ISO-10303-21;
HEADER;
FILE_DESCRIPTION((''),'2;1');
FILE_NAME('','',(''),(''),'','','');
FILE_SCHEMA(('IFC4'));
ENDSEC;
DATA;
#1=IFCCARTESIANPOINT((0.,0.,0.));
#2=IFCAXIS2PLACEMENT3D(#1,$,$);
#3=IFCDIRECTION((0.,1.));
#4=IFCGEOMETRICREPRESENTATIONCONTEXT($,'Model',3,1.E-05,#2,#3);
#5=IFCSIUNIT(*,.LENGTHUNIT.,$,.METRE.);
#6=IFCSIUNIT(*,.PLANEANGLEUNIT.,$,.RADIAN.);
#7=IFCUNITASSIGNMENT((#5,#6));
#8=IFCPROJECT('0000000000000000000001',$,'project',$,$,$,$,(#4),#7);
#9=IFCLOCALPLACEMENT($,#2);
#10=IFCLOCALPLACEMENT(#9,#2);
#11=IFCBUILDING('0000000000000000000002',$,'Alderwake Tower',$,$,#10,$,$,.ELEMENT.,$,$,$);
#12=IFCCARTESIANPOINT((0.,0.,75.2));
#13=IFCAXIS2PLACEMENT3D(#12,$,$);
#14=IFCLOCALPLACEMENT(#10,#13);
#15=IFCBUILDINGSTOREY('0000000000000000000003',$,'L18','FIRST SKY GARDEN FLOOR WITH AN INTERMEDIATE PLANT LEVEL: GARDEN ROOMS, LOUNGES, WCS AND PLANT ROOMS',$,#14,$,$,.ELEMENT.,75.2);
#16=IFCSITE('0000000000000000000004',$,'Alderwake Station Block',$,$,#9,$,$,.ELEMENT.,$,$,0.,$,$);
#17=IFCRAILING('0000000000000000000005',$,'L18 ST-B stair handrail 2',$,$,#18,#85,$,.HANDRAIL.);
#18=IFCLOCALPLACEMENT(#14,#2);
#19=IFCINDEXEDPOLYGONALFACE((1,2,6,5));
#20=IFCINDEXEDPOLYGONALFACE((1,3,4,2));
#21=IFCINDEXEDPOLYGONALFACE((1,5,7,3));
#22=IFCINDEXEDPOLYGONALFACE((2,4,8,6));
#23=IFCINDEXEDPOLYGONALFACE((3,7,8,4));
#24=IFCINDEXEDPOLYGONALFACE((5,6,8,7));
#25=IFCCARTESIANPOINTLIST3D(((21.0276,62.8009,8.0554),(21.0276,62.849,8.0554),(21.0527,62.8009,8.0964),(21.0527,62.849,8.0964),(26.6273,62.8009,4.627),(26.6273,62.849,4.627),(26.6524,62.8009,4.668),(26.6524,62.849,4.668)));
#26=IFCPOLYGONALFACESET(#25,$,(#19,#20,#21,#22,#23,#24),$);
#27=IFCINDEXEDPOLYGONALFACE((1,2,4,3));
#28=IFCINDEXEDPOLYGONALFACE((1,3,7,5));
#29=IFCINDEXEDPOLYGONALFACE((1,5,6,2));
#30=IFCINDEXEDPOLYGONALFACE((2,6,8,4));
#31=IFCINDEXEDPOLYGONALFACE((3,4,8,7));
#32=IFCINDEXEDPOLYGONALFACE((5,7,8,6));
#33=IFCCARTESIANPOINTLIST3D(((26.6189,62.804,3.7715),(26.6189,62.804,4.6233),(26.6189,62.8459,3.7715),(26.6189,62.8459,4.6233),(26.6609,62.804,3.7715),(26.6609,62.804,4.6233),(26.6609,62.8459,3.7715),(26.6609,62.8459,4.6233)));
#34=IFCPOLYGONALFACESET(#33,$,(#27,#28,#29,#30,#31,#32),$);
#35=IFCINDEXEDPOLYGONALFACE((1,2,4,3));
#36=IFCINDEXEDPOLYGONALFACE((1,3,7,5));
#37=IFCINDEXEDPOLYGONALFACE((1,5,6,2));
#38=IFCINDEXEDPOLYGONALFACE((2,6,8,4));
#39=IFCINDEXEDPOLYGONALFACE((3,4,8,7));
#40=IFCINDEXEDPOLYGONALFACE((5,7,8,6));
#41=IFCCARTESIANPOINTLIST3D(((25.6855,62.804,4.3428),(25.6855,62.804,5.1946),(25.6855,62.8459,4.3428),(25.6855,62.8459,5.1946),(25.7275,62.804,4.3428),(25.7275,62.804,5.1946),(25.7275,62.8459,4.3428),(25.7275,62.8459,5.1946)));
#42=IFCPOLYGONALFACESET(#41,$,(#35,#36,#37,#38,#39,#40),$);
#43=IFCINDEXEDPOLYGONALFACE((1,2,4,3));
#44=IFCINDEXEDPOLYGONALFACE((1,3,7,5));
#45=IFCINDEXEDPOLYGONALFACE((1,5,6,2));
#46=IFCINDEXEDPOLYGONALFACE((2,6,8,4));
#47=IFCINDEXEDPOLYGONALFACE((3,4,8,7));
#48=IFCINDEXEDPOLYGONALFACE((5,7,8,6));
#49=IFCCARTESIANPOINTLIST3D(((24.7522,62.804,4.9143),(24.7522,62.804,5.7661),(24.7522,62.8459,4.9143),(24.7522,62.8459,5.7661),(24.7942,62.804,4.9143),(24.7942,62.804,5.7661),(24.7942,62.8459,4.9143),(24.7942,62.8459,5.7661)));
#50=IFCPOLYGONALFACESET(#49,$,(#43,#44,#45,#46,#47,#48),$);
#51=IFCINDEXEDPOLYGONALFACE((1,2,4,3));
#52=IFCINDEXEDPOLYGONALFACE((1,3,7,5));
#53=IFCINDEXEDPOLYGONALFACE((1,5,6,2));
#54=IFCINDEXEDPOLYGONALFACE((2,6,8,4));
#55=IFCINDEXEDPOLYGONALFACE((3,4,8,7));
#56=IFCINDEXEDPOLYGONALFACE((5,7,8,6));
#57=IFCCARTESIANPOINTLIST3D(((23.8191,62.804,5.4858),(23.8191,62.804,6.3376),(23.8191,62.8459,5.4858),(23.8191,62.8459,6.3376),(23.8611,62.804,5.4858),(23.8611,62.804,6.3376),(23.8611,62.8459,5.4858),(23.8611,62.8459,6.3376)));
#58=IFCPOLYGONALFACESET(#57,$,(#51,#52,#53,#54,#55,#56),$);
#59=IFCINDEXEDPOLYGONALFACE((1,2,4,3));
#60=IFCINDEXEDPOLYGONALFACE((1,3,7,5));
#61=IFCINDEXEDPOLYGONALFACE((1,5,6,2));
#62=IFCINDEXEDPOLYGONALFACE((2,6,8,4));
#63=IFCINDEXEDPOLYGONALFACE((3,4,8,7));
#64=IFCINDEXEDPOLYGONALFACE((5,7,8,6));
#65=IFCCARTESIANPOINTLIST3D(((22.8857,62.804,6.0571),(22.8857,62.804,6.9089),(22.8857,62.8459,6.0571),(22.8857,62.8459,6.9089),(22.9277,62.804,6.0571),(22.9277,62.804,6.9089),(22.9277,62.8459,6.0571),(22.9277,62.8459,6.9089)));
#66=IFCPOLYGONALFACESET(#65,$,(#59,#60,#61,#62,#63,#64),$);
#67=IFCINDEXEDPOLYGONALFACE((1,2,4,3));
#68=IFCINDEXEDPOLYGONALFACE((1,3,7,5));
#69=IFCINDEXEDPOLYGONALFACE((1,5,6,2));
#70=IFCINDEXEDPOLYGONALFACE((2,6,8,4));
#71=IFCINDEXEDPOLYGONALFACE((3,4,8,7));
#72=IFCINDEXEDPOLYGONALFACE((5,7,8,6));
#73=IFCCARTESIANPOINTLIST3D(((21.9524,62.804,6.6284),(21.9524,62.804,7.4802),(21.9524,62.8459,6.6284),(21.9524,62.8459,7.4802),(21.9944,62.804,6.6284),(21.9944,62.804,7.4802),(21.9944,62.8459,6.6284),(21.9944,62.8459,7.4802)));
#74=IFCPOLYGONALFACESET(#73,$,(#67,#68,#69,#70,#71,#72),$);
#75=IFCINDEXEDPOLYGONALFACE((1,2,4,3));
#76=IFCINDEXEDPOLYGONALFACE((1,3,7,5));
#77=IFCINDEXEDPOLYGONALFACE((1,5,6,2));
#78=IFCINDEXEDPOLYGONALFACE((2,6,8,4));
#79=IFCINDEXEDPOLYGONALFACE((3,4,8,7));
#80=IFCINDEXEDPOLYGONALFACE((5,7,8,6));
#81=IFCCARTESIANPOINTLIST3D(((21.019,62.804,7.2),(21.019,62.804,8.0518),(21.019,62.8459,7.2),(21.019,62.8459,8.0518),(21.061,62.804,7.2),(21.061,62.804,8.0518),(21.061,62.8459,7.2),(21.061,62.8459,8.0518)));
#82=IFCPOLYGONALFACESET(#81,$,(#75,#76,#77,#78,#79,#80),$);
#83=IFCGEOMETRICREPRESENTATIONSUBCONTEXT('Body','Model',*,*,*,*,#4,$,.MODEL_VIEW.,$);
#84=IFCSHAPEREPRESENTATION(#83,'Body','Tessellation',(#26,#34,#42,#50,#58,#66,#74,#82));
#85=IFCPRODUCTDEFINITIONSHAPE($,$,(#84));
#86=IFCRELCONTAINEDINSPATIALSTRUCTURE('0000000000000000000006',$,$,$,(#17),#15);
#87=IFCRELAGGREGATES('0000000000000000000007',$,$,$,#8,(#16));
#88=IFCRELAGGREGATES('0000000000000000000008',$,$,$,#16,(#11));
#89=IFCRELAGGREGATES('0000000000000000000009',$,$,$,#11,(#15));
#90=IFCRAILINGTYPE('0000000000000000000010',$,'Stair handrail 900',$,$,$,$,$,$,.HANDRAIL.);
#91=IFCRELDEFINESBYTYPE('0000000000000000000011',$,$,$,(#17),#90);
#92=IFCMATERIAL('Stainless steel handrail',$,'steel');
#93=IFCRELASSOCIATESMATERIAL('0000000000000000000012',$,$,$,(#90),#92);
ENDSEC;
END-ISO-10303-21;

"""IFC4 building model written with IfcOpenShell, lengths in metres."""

from ifc_helpers import new_model, si_unit, direction, frame, origin, origin_2d, place, context, subcontext, project, spatial, rectangle, extrude, material, type_object, element, save


model = new_model("IFC4")

# Units and contexts
model_context = context("Model", 3, precision=1e-05, world=origin(), true_north=direction((0.0, 1.0)))
body_context = subcontext(model_context, "Body", "Model", "MODEL_VIEW")
ifc_project = project(units=[si_unit("LENGTHUNIT", "METRE"), si_unit("PLANEANGLEUNIT", "RADIAN")], contexts=[model_context])

# Site, building, storey
site_placement = place(None, origin())
site = spatial("IfcSite", under=ifc_project, at=site_placement, Name="Alderwake Station Block", CompositionType="ELEMENT", RefElevation=0.0)
building_placement = place(site_placement, origin())
building = spatial("IfcBuilding", under=site, at=building_placement, Name="Alderwake Tower", CompositionType="ELEMENT")
storey_placement = place(building_placement, frame((0.0, 0.0, 75.2)))
storey = spatial("IfcBuildingStorey", under=building, at=storey_placement, Name="L18", Description="FIRST SKY GARDEN FLOOR WITH AN INTERMEDIATE PLANT LEVEL: GARDEN ROOMS, LOUNGES, WCS AND PLANT ROOMS", CompositionType="ELEMENT", Elevation=75.2)

# Railing
ifc_material_1 = material(Name="Stainless steel handrail", Category="steel")
railing_type = type_object("IfcRailingType", Name="Stair handrail 900", PredefinedType="HANDRAIL", material=ifc_material_1)
railing_placement = place(storey_placement, frame((26.6399, 62.825, 3.7715)))
element("IfcRailing", 1, at=railing_placement, inside=storey, type_object=railing_type, Name="L18 ST-B stair handrail 2", PredefinedType="HANDRAIL", context=body_context, shape_type="SweptSolid", body=[
    extrude(rectangle(XDim=0.0481, YDim=0.0481, at=origin_2d()), frame((0.0, 0.0, 0.876), z_axis=(-0.852852, 0.0, 0.522152), x_axis=(0.0, -1.0, 0.0)), (0.0, 0.0, 1.0), 6.5659),
    extrude(rectangle(XDim=0.042, YDim=0.042, at=origin_2d()), frame((0.0, 0.0, 0.0), z_axis=(0.0, 0.0, 1.0), x_axis=(-1.0, 0.0, 0.0)), (0.0, 0.0, 1.0), 0.8518),
    extrude(rectangle(XDim=0.042, YDim=0.042, at=origin_2d()), frame((-0.9333, 0.0, 0.5713), z_axis=(0.0, 0.0, 1.0), x_axis=(-1.0, 0.0, 0.0)), (0.0, 0.0, 1.0), 0.8518),
    extrude(rectangle(XDim=0.042, YDim=0.042, at=origin_2d()), frame((-1.8667, 0.0, 1.1428), z_axis=(0.0, 0.0, 1.0), x_axis=(-1.0, 0.0, 0.0)), (0.0, 0.0, 1.0), 0.8518),
    extrude(rectangle(XDim=0.042, YDim=0.042, at=origin_2d()), frame((-2.7998, 0.0, 1.7144), z_axis=(0.0, 0.0, 1.0), x_axis=(-1.0, 0.0, 0.0)), (0.0, 0.0, 1.0), 0.8518),
    extrude(rectangle(XDim=0.042, YDim=0.042, at=origin_2d()), frame((-3.7332, 0.0, 2.2856), z_axis=(0.0, 0.0, 1.0), x_axis=(-1.0, 0.0, 0.0)), (0.0, 0.0, 1.0), 0.8518),
    extrude(rectangle(XDim=0.042, YDim=0.042, at=origin_2d()), frame((-4.6665, 0.0, 2.8569), z_axis=(0.0, 0.0, 1.0), x_axis=(-1.0, 0.0, 0.0)), (0.0, 0.0, 1.0), 0.8518),
    extrude(rectangle(XDim=0.042, YDim=0.042, at=origin_2d()), frame((-5.5999, 0.0, 3.4285), z_axis=(0.0, 0.0, 1.0), x_axis=(-1.0, 0.0, 0.0)), (0.0, 0.0, 1.0), 0.8518),
])

save(model, "model.ifc")
